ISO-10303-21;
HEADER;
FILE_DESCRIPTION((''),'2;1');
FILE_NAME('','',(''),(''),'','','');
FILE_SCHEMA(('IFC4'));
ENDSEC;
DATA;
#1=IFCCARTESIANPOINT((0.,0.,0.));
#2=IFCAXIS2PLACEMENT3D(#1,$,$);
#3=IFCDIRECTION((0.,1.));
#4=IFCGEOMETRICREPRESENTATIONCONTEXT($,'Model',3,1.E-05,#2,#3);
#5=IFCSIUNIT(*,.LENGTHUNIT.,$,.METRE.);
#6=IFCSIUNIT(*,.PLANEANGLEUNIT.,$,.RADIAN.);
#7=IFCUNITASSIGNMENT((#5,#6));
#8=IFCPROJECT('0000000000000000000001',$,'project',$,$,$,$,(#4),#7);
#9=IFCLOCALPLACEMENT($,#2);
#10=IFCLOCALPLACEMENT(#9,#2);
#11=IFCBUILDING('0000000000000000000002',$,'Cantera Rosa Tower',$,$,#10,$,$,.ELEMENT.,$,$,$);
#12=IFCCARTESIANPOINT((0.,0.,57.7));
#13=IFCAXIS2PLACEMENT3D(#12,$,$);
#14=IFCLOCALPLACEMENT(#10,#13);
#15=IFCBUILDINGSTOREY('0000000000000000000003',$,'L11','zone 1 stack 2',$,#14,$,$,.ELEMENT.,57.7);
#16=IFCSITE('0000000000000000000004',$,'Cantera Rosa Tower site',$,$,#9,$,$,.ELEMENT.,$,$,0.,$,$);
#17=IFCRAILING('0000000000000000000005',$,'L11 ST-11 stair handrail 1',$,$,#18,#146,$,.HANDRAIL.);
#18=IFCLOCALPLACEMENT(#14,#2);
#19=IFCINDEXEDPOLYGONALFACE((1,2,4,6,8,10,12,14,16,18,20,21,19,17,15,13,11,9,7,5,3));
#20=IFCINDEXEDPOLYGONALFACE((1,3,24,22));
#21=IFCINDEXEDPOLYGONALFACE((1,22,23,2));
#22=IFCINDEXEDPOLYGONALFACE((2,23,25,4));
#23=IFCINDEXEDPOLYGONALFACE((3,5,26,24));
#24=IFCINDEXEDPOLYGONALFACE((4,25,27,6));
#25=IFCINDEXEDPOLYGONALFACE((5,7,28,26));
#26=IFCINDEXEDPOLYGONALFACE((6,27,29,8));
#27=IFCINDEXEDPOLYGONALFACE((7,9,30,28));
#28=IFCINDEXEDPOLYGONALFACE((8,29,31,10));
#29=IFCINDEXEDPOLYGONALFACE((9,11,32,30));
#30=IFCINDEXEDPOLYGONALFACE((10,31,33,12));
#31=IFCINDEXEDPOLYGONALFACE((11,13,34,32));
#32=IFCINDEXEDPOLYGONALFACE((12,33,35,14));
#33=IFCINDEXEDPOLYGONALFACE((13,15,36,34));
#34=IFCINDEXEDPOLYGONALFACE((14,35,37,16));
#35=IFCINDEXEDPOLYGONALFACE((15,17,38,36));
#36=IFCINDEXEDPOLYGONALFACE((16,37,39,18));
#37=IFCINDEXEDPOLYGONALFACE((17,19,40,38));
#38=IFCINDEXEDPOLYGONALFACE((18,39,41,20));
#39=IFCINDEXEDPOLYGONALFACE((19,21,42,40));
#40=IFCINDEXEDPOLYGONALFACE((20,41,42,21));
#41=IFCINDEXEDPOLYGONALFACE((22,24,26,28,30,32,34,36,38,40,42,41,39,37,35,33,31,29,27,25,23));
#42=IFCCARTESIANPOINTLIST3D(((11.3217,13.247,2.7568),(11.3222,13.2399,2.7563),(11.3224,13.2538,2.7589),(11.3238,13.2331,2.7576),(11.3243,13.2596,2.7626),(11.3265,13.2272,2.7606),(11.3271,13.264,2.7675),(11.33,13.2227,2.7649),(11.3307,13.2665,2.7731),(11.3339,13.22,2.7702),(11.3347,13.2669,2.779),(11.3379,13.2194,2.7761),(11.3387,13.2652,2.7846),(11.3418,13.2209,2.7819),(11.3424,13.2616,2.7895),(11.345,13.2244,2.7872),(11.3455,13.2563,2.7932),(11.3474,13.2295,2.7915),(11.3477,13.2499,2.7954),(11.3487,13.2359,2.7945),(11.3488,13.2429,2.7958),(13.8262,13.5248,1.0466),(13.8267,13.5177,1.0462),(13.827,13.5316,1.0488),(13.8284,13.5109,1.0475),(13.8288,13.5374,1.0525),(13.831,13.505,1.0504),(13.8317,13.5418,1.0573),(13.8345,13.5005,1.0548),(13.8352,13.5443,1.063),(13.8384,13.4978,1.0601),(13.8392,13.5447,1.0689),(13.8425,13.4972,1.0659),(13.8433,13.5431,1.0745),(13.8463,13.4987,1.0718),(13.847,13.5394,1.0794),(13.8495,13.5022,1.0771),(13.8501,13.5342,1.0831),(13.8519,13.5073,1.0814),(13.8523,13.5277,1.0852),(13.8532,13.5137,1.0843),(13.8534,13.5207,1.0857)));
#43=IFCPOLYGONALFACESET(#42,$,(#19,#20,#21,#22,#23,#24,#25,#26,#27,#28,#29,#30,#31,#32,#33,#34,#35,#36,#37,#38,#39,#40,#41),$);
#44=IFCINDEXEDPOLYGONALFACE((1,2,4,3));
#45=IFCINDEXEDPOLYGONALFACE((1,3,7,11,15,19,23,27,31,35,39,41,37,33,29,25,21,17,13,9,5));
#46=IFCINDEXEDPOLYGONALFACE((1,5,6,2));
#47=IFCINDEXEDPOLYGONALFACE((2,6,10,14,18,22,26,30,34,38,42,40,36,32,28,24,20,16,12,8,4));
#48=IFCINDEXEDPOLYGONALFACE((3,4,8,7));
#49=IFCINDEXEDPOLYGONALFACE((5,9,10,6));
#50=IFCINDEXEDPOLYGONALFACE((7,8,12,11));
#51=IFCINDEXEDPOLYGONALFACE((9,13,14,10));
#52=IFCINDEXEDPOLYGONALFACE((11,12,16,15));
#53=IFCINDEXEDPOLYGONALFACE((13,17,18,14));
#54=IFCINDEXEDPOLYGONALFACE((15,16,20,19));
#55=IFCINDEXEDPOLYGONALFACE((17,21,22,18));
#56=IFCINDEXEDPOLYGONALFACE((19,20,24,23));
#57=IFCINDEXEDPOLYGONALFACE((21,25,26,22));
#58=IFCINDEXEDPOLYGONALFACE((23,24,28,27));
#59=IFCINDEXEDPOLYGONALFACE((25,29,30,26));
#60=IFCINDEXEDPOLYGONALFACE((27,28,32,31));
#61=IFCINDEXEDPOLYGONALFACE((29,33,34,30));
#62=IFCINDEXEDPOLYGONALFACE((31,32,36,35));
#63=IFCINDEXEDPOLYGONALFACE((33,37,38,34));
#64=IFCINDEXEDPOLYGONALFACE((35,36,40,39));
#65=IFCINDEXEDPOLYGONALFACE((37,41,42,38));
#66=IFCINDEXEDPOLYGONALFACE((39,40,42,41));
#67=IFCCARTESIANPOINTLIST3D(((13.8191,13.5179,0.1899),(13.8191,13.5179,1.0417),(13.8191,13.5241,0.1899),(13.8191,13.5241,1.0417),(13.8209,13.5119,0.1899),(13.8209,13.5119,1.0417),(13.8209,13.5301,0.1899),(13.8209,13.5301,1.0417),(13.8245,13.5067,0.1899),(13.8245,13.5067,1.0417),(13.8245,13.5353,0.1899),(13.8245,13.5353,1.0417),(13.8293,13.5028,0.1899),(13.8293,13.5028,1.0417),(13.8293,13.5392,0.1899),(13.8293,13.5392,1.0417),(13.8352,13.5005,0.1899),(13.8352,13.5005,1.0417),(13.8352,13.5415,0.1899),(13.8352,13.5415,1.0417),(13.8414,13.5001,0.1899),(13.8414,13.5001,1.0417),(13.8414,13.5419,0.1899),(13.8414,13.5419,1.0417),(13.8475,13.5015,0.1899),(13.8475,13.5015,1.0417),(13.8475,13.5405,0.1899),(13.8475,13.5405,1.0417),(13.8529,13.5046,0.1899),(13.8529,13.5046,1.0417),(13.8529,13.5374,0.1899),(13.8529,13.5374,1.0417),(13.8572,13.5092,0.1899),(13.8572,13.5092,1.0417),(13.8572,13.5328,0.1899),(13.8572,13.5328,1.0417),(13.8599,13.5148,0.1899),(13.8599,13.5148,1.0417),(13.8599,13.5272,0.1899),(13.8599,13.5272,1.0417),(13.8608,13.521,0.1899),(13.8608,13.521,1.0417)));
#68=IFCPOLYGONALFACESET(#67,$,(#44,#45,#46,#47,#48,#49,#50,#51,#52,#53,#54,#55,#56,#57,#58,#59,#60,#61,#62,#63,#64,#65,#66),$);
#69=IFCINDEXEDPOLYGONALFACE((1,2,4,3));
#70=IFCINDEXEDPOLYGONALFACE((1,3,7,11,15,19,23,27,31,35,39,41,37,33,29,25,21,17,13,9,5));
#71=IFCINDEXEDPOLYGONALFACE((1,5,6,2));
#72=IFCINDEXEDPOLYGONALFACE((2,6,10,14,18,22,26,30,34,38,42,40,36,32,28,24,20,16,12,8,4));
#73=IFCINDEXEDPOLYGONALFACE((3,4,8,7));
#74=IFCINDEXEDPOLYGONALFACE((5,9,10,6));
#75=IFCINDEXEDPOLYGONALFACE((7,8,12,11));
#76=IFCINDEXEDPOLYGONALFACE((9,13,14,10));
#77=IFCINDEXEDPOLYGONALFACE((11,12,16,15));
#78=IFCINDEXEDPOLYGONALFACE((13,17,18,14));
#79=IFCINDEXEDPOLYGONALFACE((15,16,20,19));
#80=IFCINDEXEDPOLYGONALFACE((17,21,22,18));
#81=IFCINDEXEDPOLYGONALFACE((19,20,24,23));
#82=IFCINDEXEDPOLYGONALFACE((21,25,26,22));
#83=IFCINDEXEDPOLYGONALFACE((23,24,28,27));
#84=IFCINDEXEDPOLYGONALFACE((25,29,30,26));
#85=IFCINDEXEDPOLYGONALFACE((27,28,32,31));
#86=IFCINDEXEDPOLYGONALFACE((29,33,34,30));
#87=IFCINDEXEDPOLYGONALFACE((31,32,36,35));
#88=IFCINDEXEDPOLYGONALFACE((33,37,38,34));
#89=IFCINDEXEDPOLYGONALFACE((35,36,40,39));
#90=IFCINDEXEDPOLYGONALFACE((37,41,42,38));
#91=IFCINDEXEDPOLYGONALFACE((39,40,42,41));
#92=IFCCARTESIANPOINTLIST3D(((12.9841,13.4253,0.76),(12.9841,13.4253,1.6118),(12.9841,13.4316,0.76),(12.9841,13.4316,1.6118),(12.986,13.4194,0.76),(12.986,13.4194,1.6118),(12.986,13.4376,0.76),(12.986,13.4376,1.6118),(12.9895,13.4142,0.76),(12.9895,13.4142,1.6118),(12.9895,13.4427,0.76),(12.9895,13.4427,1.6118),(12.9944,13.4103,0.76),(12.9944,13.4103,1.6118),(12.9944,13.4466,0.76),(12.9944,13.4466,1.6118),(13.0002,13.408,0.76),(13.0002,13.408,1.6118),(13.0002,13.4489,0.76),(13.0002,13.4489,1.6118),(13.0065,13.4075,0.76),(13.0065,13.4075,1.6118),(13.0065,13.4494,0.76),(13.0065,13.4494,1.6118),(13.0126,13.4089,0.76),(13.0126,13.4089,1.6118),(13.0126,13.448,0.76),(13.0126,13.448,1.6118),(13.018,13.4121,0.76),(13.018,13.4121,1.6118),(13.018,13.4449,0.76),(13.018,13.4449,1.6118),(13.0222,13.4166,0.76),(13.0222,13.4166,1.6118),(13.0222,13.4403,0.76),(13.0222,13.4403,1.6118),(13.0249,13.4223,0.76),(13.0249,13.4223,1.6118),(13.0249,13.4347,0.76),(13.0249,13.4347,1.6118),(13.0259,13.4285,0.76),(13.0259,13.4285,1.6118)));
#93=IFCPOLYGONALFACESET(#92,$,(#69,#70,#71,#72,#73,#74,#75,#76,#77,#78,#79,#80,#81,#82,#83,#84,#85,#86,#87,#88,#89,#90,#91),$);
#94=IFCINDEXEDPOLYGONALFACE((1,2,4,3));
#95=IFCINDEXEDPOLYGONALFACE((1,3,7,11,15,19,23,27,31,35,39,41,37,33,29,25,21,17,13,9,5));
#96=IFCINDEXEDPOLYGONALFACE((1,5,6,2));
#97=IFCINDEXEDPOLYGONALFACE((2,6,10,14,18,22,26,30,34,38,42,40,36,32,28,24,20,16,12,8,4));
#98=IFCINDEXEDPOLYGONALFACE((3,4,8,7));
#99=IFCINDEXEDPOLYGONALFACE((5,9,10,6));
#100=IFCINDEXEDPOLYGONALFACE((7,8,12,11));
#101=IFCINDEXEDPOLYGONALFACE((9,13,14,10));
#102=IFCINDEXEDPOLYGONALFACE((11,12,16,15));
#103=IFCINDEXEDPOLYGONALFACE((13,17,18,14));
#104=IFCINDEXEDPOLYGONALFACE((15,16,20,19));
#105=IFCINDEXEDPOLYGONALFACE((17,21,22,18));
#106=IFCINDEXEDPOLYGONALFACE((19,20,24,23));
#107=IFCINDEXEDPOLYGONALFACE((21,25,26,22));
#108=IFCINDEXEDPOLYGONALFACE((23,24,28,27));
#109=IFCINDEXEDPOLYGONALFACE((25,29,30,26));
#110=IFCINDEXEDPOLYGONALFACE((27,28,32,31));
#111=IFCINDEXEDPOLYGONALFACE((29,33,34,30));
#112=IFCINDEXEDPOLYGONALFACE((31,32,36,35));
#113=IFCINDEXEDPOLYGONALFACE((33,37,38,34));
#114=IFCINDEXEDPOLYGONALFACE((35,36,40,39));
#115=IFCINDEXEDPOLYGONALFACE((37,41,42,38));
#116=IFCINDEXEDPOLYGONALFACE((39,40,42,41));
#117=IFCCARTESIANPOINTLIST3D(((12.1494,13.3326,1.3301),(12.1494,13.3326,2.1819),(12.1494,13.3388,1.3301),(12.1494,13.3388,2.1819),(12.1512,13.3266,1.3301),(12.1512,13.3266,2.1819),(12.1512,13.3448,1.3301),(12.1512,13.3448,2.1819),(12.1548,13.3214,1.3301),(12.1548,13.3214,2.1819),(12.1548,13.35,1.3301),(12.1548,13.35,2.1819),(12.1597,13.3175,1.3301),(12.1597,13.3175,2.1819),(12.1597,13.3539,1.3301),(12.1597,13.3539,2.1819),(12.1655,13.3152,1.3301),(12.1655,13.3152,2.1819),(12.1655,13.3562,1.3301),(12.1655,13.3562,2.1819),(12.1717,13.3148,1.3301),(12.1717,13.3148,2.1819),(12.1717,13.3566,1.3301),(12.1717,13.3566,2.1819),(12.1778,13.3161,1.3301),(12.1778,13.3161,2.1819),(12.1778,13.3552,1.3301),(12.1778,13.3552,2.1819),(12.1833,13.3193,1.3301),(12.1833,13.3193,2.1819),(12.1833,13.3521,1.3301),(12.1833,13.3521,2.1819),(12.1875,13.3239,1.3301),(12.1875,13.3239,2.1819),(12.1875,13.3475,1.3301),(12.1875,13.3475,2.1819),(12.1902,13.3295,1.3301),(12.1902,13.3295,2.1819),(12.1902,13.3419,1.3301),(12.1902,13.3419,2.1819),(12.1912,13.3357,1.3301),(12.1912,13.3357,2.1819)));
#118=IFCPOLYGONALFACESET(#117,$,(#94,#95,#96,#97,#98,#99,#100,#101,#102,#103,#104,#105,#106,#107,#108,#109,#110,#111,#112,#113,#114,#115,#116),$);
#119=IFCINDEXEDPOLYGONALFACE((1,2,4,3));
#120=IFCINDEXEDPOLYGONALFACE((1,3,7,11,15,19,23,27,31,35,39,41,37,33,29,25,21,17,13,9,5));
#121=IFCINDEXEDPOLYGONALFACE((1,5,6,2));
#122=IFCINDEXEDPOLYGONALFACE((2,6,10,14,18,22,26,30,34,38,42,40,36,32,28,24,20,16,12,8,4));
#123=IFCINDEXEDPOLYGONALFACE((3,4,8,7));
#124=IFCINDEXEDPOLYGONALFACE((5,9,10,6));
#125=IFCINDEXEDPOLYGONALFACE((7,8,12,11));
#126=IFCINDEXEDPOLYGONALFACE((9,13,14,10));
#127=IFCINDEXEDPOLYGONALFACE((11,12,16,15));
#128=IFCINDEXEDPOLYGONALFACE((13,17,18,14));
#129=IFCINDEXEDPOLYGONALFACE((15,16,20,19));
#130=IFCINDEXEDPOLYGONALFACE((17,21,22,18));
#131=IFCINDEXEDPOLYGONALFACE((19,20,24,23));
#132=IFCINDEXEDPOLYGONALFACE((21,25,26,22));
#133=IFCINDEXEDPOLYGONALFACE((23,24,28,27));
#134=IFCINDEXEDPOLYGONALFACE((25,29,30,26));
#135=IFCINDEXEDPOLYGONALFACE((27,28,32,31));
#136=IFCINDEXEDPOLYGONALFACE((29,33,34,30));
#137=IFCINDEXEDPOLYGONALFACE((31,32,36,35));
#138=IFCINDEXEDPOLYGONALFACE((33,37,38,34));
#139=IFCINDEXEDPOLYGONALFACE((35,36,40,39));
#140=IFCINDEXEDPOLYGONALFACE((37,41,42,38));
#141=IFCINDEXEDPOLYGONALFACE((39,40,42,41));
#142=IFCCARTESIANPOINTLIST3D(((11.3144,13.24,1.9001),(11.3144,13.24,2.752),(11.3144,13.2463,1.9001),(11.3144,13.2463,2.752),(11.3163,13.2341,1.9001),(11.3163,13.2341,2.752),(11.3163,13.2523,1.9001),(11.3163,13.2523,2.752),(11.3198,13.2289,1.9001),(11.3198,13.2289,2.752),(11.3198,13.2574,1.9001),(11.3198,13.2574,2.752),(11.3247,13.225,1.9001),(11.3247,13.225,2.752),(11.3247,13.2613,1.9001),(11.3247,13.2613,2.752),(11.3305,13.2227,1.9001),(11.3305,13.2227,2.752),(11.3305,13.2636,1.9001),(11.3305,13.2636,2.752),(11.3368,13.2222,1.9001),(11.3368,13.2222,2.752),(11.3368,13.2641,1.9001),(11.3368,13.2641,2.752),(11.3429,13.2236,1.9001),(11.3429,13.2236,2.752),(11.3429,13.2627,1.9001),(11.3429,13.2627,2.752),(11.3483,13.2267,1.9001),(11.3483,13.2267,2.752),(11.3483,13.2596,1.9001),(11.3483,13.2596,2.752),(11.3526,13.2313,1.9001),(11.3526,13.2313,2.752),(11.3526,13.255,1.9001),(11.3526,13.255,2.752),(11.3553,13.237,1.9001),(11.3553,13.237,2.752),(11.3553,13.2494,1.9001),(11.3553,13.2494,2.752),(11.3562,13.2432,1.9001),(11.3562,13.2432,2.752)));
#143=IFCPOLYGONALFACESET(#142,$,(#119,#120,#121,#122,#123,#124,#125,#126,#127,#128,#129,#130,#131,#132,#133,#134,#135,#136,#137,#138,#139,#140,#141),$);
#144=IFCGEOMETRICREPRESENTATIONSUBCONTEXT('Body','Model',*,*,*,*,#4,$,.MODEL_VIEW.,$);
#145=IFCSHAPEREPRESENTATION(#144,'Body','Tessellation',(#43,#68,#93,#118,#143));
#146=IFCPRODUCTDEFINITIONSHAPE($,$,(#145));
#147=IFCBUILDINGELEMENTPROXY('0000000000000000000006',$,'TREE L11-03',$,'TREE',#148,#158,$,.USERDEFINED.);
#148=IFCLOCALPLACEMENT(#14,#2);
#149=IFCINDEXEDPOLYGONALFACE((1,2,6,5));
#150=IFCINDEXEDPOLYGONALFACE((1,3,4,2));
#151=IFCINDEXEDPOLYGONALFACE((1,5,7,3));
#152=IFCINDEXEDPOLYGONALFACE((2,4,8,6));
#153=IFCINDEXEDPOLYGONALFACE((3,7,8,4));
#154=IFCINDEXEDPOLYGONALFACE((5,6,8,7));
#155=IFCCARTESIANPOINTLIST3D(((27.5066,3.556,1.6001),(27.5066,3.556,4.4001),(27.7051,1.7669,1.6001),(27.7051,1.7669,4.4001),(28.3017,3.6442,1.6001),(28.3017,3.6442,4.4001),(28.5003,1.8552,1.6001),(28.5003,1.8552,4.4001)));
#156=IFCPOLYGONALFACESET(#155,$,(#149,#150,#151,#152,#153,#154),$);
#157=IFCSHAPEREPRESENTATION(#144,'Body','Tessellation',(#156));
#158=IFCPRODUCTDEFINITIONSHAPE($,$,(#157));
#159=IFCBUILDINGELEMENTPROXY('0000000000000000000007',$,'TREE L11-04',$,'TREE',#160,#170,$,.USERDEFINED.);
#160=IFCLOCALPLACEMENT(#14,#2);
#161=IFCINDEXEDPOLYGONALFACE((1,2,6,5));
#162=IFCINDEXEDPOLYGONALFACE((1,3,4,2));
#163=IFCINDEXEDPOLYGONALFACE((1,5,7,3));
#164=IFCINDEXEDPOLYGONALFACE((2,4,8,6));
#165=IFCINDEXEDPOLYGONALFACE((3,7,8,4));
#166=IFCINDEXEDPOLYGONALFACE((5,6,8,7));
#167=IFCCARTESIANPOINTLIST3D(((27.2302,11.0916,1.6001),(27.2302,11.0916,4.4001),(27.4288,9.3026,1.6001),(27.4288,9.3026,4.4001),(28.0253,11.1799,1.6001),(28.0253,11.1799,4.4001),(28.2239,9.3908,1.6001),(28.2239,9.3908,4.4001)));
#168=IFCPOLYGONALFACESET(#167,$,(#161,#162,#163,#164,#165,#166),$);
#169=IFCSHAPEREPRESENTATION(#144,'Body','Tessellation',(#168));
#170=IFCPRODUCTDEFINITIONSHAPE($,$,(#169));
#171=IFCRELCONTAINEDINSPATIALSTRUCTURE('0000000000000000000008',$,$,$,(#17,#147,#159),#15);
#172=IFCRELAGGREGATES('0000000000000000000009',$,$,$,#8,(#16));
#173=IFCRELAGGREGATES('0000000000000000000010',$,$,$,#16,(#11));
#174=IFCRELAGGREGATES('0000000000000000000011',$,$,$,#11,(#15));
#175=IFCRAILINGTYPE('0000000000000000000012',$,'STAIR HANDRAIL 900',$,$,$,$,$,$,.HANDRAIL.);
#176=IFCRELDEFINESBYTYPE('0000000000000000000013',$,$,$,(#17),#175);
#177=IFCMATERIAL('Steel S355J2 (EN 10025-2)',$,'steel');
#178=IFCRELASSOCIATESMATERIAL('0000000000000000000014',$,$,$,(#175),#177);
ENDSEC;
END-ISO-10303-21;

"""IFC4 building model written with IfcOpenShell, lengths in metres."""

from ifc_helpers import new_model, si_unit, direction, frame, origin, origin_2d, place, context, subcontext, project, spatial, rectangle, circle, extrude, material, type_object, element, save


model = new_model("IFC4")

# Units and contexts
model_context = context("Model", 3, precision=1e-05, world=origin(), true_north=direction((0.0, 1.0)))
body_context = subcontext(model_context, "Body", "Model", "MODEL_VIEW")
ifc_project = project(units=[si_unit("LENGTHUNIT", "METRE"), si_unit("PLANEANGLEUNIT", "RADIAN")], contexts=[model_context])

# Site, building, storey
site_placement = place(None, origin())
site = spatial("IfcSite", under=ifc_project, at=site_placement, Name="Cantera Rosa Tower site", CompositionType="ELEMENT", RefElevation=0.0)
building_placement = place(site_placement, origin())
building = spatial("IfcBuilding", under=site, at=building_placement, Name="Cantera Rosa Tower", CompositionType="ELEMENT")
storey_placement = place(building_placement, frame((0.0, 0.0, 57.7)))
storey = spatial("IfcBuildingStorey", under=building, at=storey_placement, Name="L11", Description="zone 1 stack 2", CompositionType="ELEMENT", Elevation=57.7)

# Railing
ifc_material_1 = material(Name="Steel S355J2 (EN 10025-2)", Category="steel")
railing_type_1 = type_object("IfcRailingType", Name="STAIR HANDRAIL 900", PredefinedType="HANDRAIL", material=ifc_material_1)
railing_1_placement = place(storey_placement, frame((13.8398, 13.521, 0.1899)))
element("IfcRailing", 1, at=railing_1_placement, inside=storey, type_object=railing_type_1, Name="L11 ST-11 stair handrail 1", PredefinedType="HANDRAIL", context=body_context, shape_type="SweptSolid", body=[
    extrude(circle(Radius=0.0239, at=origin_2d()), frame((0.0, 0.0, 0.876), z_axis=(-0.8224, -0.091226, 0.561547), x_axis=(0.110251, -0.993904, 0.0)), (0.0, 0.0, 1.0), 3.0454),
    extrude(circle(Radius=0.021, at=origin_2d()), origin(), (0.0, 0.0, 1.0), 0.8518),
    extrude(circle(Radius=0.021, at=origin_2d()), frame((-0.835, -0.0925, 0.5701)), (0.0, 0.0, 1.0), 0.8518),
    extrude(circle(Radius=0.021, at=origin_2d()), frame((-1.6697, -0.1853, 1.1401)), (0.0, 0.0, 1.0), 0.8518),
    extrude(circle(Radius=0.021, at=origin_2d()), frame((-2.5046, -0.2778, 1.7102)), (0.0, 0.0, 1.0), 0.8518),
])

# Building element proxies
for number, where, z_axis, x_axis, name in (
    (2, (28.0034, 2.7056, 1.6001), (0.0, 0.0, 1.0), (-0.110313, 0.993897, 0.0), "TREE L11-03"),
    (3, (27.7271, 10.2412, 1.6001), (0.0, 0.0, 1.0), (-0.110313, 0.993897, 0.0), "TREE L11-04"),
):
    element("IfcBuildingElementProxy", number, at=place(storey_placement, frame(where, z_axis=z_axis, x_axis=x_axis)), inside=storey, Name=name, ObjectType="TREE", PredefinedType="USERDEFINED", context=body_context, shape_type="SweptSolid", body=[
        extrude(rectangle(XDim=1.8, YDim=0.8, at=origin_2d()), origin(), (0.0, 0.0, 1.0), 2.8),
    ])

save(model, "model.ifc")
